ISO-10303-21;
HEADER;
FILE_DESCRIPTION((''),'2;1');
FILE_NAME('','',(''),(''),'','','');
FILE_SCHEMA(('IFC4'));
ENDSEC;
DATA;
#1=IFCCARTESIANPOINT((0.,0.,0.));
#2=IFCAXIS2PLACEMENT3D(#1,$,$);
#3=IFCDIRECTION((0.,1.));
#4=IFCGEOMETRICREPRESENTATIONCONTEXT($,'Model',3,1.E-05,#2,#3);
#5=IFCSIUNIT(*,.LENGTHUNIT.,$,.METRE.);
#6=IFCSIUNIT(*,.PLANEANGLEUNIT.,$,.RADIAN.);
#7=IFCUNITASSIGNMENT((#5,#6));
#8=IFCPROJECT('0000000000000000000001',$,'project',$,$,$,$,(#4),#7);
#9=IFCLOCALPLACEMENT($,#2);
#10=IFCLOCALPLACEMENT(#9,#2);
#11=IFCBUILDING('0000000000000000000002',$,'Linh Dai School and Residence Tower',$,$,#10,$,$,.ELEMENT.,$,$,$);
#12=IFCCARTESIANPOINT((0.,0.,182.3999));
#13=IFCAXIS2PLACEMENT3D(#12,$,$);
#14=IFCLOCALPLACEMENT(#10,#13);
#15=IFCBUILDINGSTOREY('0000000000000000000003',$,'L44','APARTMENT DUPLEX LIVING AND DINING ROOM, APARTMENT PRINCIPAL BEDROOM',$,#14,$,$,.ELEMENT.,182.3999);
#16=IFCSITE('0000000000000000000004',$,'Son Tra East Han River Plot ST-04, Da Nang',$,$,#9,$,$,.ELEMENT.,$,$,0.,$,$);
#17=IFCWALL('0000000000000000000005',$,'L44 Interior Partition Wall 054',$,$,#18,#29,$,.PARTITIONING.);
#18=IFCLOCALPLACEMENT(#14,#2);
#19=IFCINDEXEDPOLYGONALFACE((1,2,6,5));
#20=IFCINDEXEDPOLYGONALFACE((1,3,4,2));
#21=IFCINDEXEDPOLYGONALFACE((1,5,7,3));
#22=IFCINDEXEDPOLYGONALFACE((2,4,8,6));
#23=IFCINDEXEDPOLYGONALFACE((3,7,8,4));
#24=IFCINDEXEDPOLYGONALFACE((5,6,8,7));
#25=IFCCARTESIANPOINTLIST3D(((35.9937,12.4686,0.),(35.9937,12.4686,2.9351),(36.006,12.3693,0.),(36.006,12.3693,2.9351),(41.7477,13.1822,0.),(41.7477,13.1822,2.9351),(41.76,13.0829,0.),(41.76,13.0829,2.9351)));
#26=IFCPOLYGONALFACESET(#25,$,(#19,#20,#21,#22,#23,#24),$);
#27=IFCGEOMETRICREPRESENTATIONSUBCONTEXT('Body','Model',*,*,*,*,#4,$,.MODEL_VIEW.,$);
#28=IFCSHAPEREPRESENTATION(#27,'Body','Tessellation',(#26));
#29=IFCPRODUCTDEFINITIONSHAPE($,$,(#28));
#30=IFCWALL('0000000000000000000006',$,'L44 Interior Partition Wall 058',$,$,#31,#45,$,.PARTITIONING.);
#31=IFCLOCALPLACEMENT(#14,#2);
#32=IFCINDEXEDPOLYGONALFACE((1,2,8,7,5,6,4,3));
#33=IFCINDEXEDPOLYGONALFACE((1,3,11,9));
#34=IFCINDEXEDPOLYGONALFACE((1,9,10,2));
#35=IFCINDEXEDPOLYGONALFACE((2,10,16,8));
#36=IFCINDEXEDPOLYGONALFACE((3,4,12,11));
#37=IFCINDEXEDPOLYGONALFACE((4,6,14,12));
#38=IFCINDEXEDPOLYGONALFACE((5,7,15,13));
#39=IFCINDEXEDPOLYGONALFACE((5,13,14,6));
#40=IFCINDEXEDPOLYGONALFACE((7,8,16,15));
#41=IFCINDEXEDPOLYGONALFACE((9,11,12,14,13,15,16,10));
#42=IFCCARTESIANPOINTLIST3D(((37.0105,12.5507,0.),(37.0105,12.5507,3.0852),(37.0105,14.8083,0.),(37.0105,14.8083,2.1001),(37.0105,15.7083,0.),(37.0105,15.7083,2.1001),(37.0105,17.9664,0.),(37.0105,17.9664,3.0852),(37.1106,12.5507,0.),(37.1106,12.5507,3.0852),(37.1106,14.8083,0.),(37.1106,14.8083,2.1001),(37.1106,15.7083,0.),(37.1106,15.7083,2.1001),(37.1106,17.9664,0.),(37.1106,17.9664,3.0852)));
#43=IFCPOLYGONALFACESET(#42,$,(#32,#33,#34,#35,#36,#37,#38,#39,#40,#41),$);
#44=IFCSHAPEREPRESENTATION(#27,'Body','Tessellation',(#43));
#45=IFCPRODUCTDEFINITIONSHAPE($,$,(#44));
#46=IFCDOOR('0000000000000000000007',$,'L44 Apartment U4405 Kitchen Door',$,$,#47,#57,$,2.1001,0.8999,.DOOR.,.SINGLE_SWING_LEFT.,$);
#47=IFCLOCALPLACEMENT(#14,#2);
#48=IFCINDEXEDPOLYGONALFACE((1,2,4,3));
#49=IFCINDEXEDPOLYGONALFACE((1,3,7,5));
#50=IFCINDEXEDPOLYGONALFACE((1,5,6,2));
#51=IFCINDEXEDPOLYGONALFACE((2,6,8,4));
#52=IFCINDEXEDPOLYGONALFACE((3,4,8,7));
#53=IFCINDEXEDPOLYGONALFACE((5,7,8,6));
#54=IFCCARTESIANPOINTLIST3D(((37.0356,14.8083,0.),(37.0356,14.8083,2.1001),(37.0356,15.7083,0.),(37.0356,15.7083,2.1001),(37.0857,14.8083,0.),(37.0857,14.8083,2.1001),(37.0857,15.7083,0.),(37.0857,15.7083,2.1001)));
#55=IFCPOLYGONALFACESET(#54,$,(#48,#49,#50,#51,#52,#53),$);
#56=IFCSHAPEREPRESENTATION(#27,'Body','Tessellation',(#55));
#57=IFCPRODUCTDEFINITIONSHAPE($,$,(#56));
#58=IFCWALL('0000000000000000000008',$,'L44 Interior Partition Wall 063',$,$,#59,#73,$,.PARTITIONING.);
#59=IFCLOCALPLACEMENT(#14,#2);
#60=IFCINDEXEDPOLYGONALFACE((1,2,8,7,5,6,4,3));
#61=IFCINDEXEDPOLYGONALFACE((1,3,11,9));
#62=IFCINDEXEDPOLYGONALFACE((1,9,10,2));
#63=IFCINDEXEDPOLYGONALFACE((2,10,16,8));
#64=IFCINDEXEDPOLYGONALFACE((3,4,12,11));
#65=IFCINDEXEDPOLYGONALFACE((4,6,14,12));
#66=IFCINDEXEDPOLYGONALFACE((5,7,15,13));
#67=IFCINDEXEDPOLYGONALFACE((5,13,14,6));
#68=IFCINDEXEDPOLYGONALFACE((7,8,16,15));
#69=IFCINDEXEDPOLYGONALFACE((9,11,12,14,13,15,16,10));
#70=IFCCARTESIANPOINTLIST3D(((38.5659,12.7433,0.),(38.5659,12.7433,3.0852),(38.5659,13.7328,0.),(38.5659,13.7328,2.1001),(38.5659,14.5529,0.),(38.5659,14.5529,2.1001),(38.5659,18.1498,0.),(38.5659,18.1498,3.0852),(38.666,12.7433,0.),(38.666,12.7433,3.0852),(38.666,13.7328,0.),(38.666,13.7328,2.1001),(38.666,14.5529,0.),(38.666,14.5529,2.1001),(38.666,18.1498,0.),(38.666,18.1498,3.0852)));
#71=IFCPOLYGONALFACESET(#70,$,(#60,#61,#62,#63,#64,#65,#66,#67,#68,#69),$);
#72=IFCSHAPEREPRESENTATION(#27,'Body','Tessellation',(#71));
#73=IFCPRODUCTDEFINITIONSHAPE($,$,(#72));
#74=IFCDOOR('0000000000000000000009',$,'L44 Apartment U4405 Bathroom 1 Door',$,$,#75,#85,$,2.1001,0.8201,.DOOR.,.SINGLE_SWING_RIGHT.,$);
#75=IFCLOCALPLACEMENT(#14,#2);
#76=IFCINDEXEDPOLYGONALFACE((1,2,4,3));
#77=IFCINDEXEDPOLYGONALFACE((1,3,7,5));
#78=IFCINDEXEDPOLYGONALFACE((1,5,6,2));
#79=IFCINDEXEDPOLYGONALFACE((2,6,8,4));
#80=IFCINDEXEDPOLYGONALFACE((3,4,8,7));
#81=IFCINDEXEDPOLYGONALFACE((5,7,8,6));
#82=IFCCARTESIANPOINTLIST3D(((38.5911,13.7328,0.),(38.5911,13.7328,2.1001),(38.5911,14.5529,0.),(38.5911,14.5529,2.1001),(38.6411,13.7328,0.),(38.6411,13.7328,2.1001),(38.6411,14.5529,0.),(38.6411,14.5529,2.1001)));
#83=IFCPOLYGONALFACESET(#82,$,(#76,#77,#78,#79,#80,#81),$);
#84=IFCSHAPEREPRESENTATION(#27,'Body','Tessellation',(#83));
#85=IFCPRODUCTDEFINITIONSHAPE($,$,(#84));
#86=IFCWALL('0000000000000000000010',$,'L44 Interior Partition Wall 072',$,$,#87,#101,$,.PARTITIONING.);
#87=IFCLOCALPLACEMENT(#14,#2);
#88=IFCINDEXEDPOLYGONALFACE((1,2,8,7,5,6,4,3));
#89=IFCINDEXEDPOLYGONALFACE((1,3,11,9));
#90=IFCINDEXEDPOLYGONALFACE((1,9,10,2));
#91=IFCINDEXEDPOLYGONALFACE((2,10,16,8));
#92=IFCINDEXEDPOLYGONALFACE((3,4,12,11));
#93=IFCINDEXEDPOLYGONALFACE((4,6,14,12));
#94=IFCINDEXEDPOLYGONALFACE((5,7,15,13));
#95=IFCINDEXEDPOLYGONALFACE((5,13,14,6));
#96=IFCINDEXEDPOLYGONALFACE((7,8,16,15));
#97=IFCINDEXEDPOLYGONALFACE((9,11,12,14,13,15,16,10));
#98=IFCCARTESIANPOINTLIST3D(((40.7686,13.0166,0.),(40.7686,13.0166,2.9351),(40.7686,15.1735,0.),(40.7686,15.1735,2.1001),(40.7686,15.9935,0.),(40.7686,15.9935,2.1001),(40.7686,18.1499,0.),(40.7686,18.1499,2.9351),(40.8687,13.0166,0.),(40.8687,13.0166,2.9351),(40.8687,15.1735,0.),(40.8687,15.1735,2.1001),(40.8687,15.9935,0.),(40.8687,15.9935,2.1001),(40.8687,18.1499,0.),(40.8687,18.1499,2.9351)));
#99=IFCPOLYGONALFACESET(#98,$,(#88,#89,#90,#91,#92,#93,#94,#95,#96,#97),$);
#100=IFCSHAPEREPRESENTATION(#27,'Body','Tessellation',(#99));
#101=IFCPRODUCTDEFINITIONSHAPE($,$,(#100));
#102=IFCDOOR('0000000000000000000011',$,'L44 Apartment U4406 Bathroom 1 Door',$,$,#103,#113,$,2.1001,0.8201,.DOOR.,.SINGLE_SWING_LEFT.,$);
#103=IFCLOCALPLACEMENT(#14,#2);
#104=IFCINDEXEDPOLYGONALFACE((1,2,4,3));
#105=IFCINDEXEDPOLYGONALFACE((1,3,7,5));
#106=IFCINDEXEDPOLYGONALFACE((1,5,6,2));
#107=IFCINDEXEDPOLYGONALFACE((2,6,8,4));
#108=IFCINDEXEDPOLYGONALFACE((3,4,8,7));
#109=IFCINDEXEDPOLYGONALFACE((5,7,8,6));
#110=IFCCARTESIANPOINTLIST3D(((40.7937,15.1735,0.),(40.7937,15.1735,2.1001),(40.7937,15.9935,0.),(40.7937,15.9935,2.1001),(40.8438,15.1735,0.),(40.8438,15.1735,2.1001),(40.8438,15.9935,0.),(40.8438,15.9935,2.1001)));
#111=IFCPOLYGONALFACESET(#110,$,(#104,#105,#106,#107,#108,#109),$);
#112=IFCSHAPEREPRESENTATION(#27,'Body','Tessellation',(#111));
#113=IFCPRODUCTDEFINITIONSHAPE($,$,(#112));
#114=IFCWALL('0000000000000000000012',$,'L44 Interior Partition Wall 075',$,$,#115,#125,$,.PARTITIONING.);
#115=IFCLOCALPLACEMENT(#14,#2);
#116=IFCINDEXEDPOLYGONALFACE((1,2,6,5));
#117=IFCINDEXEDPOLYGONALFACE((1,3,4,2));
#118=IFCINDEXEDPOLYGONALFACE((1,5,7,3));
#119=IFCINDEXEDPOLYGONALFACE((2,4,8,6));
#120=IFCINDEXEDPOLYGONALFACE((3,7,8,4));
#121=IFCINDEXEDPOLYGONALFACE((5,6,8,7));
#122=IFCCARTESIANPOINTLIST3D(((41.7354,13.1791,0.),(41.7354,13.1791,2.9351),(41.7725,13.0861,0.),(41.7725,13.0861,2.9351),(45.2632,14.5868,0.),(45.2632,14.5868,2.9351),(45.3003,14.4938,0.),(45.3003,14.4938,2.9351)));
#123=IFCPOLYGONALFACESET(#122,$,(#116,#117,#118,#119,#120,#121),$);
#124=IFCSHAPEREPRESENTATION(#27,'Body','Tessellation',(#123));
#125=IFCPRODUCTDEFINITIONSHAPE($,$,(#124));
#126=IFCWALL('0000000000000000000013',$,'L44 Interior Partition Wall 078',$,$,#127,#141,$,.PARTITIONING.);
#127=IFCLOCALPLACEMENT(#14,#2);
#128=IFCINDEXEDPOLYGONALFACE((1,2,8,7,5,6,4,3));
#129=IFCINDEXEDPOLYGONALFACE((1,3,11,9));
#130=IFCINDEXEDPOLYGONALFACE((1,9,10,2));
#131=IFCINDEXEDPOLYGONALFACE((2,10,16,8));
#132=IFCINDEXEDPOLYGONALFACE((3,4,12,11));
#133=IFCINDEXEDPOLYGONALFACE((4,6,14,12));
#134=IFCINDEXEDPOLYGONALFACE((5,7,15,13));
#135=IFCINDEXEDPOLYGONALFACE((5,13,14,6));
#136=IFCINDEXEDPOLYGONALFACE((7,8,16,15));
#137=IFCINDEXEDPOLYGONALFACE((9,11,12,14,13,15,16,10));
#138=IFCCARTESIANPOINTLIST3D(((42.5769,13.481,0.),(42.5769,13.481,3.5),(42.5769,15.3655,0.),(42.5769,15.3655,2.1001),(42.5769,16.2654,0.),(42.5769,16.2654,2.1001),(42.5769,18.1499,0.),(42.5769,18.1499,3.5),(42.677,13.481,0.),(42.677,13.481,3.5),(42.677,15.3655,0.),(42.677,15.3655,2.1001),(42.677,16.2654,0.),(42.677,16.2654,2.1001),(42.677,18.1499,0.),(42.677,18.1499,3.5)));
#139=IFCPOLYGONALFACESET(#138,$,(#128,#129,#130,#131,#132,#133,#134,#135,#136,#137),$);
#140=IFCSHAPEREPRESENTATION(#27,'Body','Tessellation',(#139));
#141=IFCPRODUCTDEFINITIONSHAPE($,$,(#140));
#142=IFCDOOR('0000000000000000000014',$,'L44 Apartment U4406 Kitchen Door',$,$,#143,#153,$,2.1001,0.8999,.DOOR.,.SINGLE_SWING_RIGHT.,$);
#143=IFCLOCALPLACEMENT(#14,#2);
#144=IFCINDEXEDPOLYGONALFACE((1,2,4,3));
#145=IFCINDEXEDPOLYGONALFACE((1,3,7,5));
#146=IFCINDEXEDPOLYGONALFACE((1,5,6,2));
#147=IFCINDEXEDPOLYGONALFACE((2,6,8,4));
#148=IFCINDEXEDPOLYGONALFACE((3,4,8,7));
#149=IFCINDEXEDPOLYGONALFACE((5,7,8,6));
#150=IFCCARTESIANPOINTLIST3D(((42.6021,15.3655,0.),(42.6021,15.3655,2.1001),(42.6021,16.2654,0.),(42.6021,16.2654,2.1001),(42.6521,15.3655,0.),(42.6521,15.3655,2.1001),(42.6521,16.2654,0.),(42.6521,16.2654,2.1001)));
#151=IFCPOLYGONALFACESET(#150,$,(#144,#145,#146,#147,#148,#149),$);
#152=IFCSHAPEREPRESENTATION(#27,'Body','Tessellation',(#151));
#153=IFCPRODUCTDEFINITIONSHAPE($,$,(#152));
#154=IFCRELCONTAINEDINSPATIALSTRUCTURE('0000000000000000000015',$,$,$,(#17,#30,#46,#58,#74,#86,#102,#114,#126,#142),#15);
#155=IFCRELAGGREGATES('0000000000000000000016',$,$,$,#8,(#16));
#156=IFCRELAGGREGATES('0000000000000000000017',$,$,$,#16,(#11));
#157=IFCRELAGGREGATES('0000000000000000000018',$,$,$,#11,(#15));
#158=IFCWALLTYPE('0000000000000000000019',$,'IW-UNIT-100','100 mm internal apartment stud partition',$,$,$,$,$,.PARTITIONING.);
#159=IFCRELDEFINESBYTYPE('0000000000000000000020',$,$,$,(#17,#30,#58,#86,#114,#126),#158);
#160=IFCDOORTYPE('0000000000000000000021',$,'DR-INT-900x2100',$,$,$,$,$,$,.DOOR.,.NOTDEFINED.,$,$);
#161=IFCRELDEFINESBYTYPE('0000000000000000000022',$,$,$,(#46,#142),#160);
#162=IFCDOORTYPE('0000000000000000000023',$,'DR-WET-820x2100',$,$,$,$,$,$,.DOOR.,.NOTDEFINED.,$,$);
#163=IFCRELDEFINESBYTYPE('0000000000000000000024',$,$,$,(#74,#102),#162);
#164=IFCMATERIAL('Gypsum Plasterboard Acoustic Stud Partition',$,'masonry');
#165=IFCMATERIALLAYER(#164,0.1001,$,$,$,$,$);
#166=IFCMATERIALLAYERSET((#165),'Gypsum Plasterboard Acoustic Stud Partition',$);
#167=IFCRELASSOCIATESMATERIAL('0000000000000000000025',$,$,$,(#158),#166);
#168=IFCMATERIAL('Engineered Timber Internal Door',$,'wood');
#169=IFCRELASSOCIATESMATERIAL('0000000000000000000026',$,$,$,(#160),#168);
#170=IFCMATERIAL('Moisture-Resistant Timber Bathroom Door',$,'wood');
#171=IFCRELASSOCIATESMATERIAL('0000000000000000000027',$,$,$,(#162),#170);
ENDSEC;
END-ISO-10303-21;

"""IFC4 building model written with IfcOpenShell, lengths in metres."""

from ifc_helpers import new_model, si_unit, direction, frame, frame_2d, origin, origin_2d, place, context, subcontext, project, spatial, rectangle, extrude, source, transform, mapped, material, layer, layer_set, type_object, element, fill, save


model = new_model("IFC4")

# Units and contexts
model_context = context("Model", 3, precision=1e-05, world=origin(), true_north=direction((0.0, 1.0)))
body_context = subcontext(model_context, "Body", "Model", "MODEL_VIEW")
ifc_project = project(units=[si_unit("LENGTHUNIT", "METRE"), si_unit("PLANEANGLEUNIT", "RADIAN")], contexts=[model_context])

# Site, building, storey
site_placement = place(None, origin())
site = spatial("IfcSite", under=ifc_project, at=site_placement, Name="Son Tra East Han River Plot ST-04, Da Nang", CompositionType="ELEMENT", RefElevation=0.0)
building_placement = place(site_placement, origin())
building = spatial("IfcBuilding", under=site, at=building_placement, Name="Linh Dai School and Residence Tower", CompositionType="ELEMENT")
storey_placement = place(building_placement, frame((0.0, 0.0, 182.3999)))
storey = spatial("IfcBuildingStorey", under=building, at=storey_placement, Name="L44", Description="APARTMENT DUPLEX LIVING AND DINING ROOM, APARTMENT PRINCIPAL BEDROOM", CompositionType="ELEMENT", Elevation=182.3999)

# Wall
ifc_material_1 = material(Name="Gypsum Plasterboard Acoustic Stud Partition", Category="masonry")
ifc_layer_1 = layer(ifc_material_1, 0.1001)
ifc_layer_set_1 = layer_set([ifc_layer_1], Name="Gypsum Plasterboard Acoustic Stud Partition")
wall_type_1 = type_object("IfcWallType", Name="IW-UNIT-100", Description="100 mm internal apartment stud partition", PredefinedType="PARTITIONING", material=ifc_layer_set_1)
wall_1_placement = place(storey_placement, frame((36.0, 12.4189, 0.0), z_axis=(0.0, 0.0, 1.0), x_axis=(0.992397, 0.123081, 0.0)))
element("IfcWall", 1, at=wall_1_placement, inside=storey, type_object=wall_type_1, Name="L44 Interior Partition Wall 054", PredefinedType="PARTITIONING", context=body_context, shape_type="SweptSolid", body=[
    extrude(rectangle(XDim=5.7981, YDim=0.1001, at=frame_2d((2.8989, 0.0))), origin(), (0.0, 0.0, 1.0), 2.9351),
])

# Walls, openings, doors
wall_2_placement = place(storey_placement, frame((37.0605, 12.5505, 0.0), z_axis=(0.0, 0.0, 1.0), x_axis=(0.0, 1.0, 0.0)))
wall_2 = element("IfcWall", 2, at=wall_2_placement, inside=storey, type_object=wall_type_1, Name="L44 Interior Partition Wall 058", PredefinedType="PARTITIONING", context=body_context, shape_type="SweptSolid", body=[
    extrude(rectangle(XDim=5.4158, YDim=0.1001, at=frame_2d((2.708, 0.0))), origin(), (0.0, 0.0, 1.0), 3.0852),
])
opening_1_placement = place(wall_2_placement, frame((2.2578, 0.0, 0.0)))
opening_1 = element("IfcOpeningElement", 3, at=opening_1_placement, cuts=wall_2, PredefinedType="OPENING", context=body_context, shape_type="SweptSolid", body=[
    extrude(rectangle(XDim=0.8999, YDim=2.1001, at=origin_2d()), frame((0.45, 0.0601, 1.05), z_axis=(0.0, -1.0, 0.0), x_axis=(1.0, 0.0, 0.0)), (0.0, 0.0, 1.0), 0.1201),
])
ifc_material_2 = material(Name="Engineered Timber Internal Door", Category="wood")
door_type_1 = type_object("IfcDoorType", Name="DR-INT-900x2100", OperationType="NOTDEFINED", PredefinedType="DOOR", material=ifc_material_2)
shared_shape_1 = source(origin(), body_context, "Body", "SweptSolid", [
    extrude(rectangle(XDim=0.8999, YDim=2.1001, at=origin_2d()), frame((0.45, 0.0249, 1.05), z_axis=(0.0, -1.0, 0.0), x_axis=(1.0, 0.0, 0.0)), (0.0, 0.0, 1.0), 0.05),
])
door_1_placement = place(opening_1_placement, origin())
door_1 = element("IfcDoor", 4, at=door_1_placement, inside=storey, type_object=door_type_1, Name="L44 Apartment U4405 Kitchen Door", OperationType="SINGLE_SWING_LEFT", OverallHeight=2.1001, OverallWidth=0.8999, PredefinedType="DOOR", context=body_context, shape_type="MappedRepresentation", body=[
    mapped(shared_shape_1, transform((0.0, 0.0, 0.0), x_axis=(1.0, 0.0, 0.0), y_axis=(0.0, 1.0, 0.0), z_axis=(0.0, 0.0, 1.0), scale=1.0)),
])
fill(opening_1, door_1)
wall_3_placement = place(storey_placement, frame((38.616, 12.7434, 0.0), z_axis=(0.0, 0.0, 1.0), x_axis=(0.0, 1.0, 0.0)))
wall_3 = element("IfcWall", 5, at=wall_3_placement, inside=storey, type_object=wall_type_1, Name="L44 Interior Partition Wall 063", PredefinedType="PARTITIONING", context=body_context, shape_type="SweptSolid", body=[
    extrude(rectangle(XDim=5.4065, YDim=0.1001, at=frame_2d((2.7031, 0.0))), origin(), (0.0, 0.0, 1.0), 3.0852),
])
opening_2_placement = place(wall_3_placement, frame((0.9893, 0.0, 0.0)))
opening_2 = element("IfcOpeningElement", 6, at=opening_2_placement, cuts=wall_3, PredefinedType="OPENING", context=body_context, shape_type="SweptSolid", body=[
    extrude(rectangle(XDim=0.8201, YDim=2.1001, at=origin_2d()), frame((0.4102, 0.0601, 1.05), z_axis=(0.0, -1.0, 0.0), x_axis=(1.0, 0.0, 0.0)), (0.0, 0.0, 1.0), 0.1201),
])
ifc_material_3 = material(Name="Moisture-Resistant Timber Bathroom Door", Category="wood")
door_type_2 = type_object("IfcDoorType", Name="DR-WET-820x2100", OperationType="NOTDEFINED", PredefinedType="DOOR", material=ifc_material_3)
shared_shape_2 = source(origin(), body_context, "Body", "SweptSolid", [
    extrude(rectangle(XDim=0.8201, YDim=2.1001, at=origin_2d()), frame((0.4102, 0.0249, 1.05), z_axis=(0.0, -1.0, 0.0), x_axis=(1.0, 0.0, 0.0)), (0.0, 0.0, 1.0), 0.05),
])
door_2_placement = place(opening_2_placement, origin())
door_2 = element("IfcDoor", 7, at=door_2_placement, inside=storey, type_object=door_type_2, Name="L44 Apartment U4405 Bathroom 1 Door", OperationType="SINGLE_SWING_RIGHT", OverallHeight=2.1001, OverallWidth=0.8201, PredefinedType="DOOR", context=body_context, shape_type="MappedRepresentation", body=[
    mapped(shared_shape_2, transform((0.0, 0.0, 0.0), x_axis=(1.0, 0.0, 0.0), y_axis=(0.0, 1.0, 0.0), z_axis=(0.0, 0.0, 1.0), scale=1.0)),
])
fill(opening_2, door_2)
wall_4_placement = place(storey_placement, frame((40.8186, 13.0166, 0.0), z_axis=(0.0, 0.0, 1.0), x_axis=(0.0, 1.0, 0.0)))
wall_4 = element("IfcWall", 8, at=wall_4_placement, inside=storey, type_object=wall_type_1, Name="L44 Interior Partition Wall 072", PredefinedType="PARTITIONING", context=body_context, shape_type="SweptSolid", body=[
    extrude(rectangle(XDim=5.1333, YDim=0.1001, at=frame_2d((2.5667, 0.0))), origin(), (0.0, 0.0, 1.0), 2.9351),
])
opening_3_placement = place(wall_4_placement, frame((2.1567, 0.0, 0.0)))
opening_3 = element("IfcOpeningElement", 9, at=opening_3_placement, cuts=wall_4, PredefinedType="OPENING", context=body_context, shape_type="SweptSolid", body=[
    extrude(rectangle(XDim=0.8201, YDim=2.1001, at=origin_2d()), frame((0.4102, 0.0601, 1.05), z_axis=(0.0, -1.0, 0.0), x_axis=(1.0, 0.0, 0.0)), (0.0, 0.0, 1.0), 0.1201),
])
door_3_placement = place(opening_3_placement, origin())
door_3 = element("IfcDoor", 10, at=door_3_placement, inside=storey, type_object=door_type_2, Name="L44 Apartment U4406 Bathroom 1 Door", OperationType="SINGLE_SWING_LEFT", OverallHeight=2.1001, OverallWidth=0.8201, PredefinedType="DOOR", context=body_context, shape_type="MappedRepresentation", body=[
    mapped(shared_shape_2, transform((0.0, 0.0, 0.0), x_axis=(1.0, 0.0, 0.0), y_axis=(0.0, 1.0, 0.0), z_axis=(0.0, 0.0, 1.0), scale=1.0)),
])
fill(opening_3, door_3)

# Wall
wall_5_placement = place(storey_placement, frame((41.7539, 13.1326, 0.0), z_axis=(0.0, 0.0, 1.0), x_axis=(0.928787, 0.370615, 0.0)))
element("IfcWall", 11, at=wall_5_placement, inside=storey, type_object=wall_type_1, Name="L44 Interior Partition Wall 075", PredefinedType="PARTITIONING", context=body_context, shape_type="SweptSolid", body=[
    extrude(rectangle(XDim=3.7983, YDim=0.1001, at=frame_2d((1.8992, 0.0))), origin(), (0.0, 0.0, 1.0), 2.9351),
])

# Wall, opening, door
wall_6_placement = place(storey_placement, frame((42.627, 13.481, 0.0), z_axis=(0.0, 0.0, 1.0), x_axis=(0.0, 1.0, 0.0)))
wall_6 = element("IfcWall", 12, at=wall_6_placement, inside=storey, type_object=wall_type_1, Name="L44 Interior Partition Wall 078", PredefinedType="PARTITIONING", context=body_context, shape_type="SweptSolid", body=[
    extrude(rectangle(XDim=4.6689, YDim=0.1001, at=frame_2d((2.3345, 0.0))), origin(), (0.0, 0.0, 1.0), 3.5),
])
opening_4_placement = place(wall_6_placement, frame((1.8845, 0.0, 0.0)))
opening_4 = element("IfcOpeningElement", 13, at=opening_4_placement, cuts=wall_6, PredefinedType="OPENING", context=body_context, shape_type="SweptSolid", body=[
    extrude(rectangle(XDim=0.8999, YDim=2.1001, at=origin_2d()), frame((0.45, 0.0601, 1.05), z_axis=(0.0, -1.0, 0.0), x_axis=(1.0, 0.0, 0.0)), (0.0, 0.0, 1.0), 0.1201),
])
door_4_placement = place(opening_4_placement, origin())
door_4 = element("IfcDoor", 14, at=door_4_placement, inside=storey, type_object=door_type_1, Name="L44 Apartment U4406 Kitchen Door", OperationType="SINGLE_SWING_RIGHT", OverallHeight=2.1001, OverallWidth=0.8999, PredefinedType="DOOR", context=body_context, shape_type="MappedRepresentation", body=[
    mapped(shared_shape_1, transform((0.0, 0.0, 0.0), x_axis=(1.0, 0.0, 0.0), y_axis=(0.0, 1.0, 0.0), z_axis=(0.0, 0.0, 1.0), scale=1.0)),
])
fill(opening_4, door_4)

save(model, "model.ifc")
